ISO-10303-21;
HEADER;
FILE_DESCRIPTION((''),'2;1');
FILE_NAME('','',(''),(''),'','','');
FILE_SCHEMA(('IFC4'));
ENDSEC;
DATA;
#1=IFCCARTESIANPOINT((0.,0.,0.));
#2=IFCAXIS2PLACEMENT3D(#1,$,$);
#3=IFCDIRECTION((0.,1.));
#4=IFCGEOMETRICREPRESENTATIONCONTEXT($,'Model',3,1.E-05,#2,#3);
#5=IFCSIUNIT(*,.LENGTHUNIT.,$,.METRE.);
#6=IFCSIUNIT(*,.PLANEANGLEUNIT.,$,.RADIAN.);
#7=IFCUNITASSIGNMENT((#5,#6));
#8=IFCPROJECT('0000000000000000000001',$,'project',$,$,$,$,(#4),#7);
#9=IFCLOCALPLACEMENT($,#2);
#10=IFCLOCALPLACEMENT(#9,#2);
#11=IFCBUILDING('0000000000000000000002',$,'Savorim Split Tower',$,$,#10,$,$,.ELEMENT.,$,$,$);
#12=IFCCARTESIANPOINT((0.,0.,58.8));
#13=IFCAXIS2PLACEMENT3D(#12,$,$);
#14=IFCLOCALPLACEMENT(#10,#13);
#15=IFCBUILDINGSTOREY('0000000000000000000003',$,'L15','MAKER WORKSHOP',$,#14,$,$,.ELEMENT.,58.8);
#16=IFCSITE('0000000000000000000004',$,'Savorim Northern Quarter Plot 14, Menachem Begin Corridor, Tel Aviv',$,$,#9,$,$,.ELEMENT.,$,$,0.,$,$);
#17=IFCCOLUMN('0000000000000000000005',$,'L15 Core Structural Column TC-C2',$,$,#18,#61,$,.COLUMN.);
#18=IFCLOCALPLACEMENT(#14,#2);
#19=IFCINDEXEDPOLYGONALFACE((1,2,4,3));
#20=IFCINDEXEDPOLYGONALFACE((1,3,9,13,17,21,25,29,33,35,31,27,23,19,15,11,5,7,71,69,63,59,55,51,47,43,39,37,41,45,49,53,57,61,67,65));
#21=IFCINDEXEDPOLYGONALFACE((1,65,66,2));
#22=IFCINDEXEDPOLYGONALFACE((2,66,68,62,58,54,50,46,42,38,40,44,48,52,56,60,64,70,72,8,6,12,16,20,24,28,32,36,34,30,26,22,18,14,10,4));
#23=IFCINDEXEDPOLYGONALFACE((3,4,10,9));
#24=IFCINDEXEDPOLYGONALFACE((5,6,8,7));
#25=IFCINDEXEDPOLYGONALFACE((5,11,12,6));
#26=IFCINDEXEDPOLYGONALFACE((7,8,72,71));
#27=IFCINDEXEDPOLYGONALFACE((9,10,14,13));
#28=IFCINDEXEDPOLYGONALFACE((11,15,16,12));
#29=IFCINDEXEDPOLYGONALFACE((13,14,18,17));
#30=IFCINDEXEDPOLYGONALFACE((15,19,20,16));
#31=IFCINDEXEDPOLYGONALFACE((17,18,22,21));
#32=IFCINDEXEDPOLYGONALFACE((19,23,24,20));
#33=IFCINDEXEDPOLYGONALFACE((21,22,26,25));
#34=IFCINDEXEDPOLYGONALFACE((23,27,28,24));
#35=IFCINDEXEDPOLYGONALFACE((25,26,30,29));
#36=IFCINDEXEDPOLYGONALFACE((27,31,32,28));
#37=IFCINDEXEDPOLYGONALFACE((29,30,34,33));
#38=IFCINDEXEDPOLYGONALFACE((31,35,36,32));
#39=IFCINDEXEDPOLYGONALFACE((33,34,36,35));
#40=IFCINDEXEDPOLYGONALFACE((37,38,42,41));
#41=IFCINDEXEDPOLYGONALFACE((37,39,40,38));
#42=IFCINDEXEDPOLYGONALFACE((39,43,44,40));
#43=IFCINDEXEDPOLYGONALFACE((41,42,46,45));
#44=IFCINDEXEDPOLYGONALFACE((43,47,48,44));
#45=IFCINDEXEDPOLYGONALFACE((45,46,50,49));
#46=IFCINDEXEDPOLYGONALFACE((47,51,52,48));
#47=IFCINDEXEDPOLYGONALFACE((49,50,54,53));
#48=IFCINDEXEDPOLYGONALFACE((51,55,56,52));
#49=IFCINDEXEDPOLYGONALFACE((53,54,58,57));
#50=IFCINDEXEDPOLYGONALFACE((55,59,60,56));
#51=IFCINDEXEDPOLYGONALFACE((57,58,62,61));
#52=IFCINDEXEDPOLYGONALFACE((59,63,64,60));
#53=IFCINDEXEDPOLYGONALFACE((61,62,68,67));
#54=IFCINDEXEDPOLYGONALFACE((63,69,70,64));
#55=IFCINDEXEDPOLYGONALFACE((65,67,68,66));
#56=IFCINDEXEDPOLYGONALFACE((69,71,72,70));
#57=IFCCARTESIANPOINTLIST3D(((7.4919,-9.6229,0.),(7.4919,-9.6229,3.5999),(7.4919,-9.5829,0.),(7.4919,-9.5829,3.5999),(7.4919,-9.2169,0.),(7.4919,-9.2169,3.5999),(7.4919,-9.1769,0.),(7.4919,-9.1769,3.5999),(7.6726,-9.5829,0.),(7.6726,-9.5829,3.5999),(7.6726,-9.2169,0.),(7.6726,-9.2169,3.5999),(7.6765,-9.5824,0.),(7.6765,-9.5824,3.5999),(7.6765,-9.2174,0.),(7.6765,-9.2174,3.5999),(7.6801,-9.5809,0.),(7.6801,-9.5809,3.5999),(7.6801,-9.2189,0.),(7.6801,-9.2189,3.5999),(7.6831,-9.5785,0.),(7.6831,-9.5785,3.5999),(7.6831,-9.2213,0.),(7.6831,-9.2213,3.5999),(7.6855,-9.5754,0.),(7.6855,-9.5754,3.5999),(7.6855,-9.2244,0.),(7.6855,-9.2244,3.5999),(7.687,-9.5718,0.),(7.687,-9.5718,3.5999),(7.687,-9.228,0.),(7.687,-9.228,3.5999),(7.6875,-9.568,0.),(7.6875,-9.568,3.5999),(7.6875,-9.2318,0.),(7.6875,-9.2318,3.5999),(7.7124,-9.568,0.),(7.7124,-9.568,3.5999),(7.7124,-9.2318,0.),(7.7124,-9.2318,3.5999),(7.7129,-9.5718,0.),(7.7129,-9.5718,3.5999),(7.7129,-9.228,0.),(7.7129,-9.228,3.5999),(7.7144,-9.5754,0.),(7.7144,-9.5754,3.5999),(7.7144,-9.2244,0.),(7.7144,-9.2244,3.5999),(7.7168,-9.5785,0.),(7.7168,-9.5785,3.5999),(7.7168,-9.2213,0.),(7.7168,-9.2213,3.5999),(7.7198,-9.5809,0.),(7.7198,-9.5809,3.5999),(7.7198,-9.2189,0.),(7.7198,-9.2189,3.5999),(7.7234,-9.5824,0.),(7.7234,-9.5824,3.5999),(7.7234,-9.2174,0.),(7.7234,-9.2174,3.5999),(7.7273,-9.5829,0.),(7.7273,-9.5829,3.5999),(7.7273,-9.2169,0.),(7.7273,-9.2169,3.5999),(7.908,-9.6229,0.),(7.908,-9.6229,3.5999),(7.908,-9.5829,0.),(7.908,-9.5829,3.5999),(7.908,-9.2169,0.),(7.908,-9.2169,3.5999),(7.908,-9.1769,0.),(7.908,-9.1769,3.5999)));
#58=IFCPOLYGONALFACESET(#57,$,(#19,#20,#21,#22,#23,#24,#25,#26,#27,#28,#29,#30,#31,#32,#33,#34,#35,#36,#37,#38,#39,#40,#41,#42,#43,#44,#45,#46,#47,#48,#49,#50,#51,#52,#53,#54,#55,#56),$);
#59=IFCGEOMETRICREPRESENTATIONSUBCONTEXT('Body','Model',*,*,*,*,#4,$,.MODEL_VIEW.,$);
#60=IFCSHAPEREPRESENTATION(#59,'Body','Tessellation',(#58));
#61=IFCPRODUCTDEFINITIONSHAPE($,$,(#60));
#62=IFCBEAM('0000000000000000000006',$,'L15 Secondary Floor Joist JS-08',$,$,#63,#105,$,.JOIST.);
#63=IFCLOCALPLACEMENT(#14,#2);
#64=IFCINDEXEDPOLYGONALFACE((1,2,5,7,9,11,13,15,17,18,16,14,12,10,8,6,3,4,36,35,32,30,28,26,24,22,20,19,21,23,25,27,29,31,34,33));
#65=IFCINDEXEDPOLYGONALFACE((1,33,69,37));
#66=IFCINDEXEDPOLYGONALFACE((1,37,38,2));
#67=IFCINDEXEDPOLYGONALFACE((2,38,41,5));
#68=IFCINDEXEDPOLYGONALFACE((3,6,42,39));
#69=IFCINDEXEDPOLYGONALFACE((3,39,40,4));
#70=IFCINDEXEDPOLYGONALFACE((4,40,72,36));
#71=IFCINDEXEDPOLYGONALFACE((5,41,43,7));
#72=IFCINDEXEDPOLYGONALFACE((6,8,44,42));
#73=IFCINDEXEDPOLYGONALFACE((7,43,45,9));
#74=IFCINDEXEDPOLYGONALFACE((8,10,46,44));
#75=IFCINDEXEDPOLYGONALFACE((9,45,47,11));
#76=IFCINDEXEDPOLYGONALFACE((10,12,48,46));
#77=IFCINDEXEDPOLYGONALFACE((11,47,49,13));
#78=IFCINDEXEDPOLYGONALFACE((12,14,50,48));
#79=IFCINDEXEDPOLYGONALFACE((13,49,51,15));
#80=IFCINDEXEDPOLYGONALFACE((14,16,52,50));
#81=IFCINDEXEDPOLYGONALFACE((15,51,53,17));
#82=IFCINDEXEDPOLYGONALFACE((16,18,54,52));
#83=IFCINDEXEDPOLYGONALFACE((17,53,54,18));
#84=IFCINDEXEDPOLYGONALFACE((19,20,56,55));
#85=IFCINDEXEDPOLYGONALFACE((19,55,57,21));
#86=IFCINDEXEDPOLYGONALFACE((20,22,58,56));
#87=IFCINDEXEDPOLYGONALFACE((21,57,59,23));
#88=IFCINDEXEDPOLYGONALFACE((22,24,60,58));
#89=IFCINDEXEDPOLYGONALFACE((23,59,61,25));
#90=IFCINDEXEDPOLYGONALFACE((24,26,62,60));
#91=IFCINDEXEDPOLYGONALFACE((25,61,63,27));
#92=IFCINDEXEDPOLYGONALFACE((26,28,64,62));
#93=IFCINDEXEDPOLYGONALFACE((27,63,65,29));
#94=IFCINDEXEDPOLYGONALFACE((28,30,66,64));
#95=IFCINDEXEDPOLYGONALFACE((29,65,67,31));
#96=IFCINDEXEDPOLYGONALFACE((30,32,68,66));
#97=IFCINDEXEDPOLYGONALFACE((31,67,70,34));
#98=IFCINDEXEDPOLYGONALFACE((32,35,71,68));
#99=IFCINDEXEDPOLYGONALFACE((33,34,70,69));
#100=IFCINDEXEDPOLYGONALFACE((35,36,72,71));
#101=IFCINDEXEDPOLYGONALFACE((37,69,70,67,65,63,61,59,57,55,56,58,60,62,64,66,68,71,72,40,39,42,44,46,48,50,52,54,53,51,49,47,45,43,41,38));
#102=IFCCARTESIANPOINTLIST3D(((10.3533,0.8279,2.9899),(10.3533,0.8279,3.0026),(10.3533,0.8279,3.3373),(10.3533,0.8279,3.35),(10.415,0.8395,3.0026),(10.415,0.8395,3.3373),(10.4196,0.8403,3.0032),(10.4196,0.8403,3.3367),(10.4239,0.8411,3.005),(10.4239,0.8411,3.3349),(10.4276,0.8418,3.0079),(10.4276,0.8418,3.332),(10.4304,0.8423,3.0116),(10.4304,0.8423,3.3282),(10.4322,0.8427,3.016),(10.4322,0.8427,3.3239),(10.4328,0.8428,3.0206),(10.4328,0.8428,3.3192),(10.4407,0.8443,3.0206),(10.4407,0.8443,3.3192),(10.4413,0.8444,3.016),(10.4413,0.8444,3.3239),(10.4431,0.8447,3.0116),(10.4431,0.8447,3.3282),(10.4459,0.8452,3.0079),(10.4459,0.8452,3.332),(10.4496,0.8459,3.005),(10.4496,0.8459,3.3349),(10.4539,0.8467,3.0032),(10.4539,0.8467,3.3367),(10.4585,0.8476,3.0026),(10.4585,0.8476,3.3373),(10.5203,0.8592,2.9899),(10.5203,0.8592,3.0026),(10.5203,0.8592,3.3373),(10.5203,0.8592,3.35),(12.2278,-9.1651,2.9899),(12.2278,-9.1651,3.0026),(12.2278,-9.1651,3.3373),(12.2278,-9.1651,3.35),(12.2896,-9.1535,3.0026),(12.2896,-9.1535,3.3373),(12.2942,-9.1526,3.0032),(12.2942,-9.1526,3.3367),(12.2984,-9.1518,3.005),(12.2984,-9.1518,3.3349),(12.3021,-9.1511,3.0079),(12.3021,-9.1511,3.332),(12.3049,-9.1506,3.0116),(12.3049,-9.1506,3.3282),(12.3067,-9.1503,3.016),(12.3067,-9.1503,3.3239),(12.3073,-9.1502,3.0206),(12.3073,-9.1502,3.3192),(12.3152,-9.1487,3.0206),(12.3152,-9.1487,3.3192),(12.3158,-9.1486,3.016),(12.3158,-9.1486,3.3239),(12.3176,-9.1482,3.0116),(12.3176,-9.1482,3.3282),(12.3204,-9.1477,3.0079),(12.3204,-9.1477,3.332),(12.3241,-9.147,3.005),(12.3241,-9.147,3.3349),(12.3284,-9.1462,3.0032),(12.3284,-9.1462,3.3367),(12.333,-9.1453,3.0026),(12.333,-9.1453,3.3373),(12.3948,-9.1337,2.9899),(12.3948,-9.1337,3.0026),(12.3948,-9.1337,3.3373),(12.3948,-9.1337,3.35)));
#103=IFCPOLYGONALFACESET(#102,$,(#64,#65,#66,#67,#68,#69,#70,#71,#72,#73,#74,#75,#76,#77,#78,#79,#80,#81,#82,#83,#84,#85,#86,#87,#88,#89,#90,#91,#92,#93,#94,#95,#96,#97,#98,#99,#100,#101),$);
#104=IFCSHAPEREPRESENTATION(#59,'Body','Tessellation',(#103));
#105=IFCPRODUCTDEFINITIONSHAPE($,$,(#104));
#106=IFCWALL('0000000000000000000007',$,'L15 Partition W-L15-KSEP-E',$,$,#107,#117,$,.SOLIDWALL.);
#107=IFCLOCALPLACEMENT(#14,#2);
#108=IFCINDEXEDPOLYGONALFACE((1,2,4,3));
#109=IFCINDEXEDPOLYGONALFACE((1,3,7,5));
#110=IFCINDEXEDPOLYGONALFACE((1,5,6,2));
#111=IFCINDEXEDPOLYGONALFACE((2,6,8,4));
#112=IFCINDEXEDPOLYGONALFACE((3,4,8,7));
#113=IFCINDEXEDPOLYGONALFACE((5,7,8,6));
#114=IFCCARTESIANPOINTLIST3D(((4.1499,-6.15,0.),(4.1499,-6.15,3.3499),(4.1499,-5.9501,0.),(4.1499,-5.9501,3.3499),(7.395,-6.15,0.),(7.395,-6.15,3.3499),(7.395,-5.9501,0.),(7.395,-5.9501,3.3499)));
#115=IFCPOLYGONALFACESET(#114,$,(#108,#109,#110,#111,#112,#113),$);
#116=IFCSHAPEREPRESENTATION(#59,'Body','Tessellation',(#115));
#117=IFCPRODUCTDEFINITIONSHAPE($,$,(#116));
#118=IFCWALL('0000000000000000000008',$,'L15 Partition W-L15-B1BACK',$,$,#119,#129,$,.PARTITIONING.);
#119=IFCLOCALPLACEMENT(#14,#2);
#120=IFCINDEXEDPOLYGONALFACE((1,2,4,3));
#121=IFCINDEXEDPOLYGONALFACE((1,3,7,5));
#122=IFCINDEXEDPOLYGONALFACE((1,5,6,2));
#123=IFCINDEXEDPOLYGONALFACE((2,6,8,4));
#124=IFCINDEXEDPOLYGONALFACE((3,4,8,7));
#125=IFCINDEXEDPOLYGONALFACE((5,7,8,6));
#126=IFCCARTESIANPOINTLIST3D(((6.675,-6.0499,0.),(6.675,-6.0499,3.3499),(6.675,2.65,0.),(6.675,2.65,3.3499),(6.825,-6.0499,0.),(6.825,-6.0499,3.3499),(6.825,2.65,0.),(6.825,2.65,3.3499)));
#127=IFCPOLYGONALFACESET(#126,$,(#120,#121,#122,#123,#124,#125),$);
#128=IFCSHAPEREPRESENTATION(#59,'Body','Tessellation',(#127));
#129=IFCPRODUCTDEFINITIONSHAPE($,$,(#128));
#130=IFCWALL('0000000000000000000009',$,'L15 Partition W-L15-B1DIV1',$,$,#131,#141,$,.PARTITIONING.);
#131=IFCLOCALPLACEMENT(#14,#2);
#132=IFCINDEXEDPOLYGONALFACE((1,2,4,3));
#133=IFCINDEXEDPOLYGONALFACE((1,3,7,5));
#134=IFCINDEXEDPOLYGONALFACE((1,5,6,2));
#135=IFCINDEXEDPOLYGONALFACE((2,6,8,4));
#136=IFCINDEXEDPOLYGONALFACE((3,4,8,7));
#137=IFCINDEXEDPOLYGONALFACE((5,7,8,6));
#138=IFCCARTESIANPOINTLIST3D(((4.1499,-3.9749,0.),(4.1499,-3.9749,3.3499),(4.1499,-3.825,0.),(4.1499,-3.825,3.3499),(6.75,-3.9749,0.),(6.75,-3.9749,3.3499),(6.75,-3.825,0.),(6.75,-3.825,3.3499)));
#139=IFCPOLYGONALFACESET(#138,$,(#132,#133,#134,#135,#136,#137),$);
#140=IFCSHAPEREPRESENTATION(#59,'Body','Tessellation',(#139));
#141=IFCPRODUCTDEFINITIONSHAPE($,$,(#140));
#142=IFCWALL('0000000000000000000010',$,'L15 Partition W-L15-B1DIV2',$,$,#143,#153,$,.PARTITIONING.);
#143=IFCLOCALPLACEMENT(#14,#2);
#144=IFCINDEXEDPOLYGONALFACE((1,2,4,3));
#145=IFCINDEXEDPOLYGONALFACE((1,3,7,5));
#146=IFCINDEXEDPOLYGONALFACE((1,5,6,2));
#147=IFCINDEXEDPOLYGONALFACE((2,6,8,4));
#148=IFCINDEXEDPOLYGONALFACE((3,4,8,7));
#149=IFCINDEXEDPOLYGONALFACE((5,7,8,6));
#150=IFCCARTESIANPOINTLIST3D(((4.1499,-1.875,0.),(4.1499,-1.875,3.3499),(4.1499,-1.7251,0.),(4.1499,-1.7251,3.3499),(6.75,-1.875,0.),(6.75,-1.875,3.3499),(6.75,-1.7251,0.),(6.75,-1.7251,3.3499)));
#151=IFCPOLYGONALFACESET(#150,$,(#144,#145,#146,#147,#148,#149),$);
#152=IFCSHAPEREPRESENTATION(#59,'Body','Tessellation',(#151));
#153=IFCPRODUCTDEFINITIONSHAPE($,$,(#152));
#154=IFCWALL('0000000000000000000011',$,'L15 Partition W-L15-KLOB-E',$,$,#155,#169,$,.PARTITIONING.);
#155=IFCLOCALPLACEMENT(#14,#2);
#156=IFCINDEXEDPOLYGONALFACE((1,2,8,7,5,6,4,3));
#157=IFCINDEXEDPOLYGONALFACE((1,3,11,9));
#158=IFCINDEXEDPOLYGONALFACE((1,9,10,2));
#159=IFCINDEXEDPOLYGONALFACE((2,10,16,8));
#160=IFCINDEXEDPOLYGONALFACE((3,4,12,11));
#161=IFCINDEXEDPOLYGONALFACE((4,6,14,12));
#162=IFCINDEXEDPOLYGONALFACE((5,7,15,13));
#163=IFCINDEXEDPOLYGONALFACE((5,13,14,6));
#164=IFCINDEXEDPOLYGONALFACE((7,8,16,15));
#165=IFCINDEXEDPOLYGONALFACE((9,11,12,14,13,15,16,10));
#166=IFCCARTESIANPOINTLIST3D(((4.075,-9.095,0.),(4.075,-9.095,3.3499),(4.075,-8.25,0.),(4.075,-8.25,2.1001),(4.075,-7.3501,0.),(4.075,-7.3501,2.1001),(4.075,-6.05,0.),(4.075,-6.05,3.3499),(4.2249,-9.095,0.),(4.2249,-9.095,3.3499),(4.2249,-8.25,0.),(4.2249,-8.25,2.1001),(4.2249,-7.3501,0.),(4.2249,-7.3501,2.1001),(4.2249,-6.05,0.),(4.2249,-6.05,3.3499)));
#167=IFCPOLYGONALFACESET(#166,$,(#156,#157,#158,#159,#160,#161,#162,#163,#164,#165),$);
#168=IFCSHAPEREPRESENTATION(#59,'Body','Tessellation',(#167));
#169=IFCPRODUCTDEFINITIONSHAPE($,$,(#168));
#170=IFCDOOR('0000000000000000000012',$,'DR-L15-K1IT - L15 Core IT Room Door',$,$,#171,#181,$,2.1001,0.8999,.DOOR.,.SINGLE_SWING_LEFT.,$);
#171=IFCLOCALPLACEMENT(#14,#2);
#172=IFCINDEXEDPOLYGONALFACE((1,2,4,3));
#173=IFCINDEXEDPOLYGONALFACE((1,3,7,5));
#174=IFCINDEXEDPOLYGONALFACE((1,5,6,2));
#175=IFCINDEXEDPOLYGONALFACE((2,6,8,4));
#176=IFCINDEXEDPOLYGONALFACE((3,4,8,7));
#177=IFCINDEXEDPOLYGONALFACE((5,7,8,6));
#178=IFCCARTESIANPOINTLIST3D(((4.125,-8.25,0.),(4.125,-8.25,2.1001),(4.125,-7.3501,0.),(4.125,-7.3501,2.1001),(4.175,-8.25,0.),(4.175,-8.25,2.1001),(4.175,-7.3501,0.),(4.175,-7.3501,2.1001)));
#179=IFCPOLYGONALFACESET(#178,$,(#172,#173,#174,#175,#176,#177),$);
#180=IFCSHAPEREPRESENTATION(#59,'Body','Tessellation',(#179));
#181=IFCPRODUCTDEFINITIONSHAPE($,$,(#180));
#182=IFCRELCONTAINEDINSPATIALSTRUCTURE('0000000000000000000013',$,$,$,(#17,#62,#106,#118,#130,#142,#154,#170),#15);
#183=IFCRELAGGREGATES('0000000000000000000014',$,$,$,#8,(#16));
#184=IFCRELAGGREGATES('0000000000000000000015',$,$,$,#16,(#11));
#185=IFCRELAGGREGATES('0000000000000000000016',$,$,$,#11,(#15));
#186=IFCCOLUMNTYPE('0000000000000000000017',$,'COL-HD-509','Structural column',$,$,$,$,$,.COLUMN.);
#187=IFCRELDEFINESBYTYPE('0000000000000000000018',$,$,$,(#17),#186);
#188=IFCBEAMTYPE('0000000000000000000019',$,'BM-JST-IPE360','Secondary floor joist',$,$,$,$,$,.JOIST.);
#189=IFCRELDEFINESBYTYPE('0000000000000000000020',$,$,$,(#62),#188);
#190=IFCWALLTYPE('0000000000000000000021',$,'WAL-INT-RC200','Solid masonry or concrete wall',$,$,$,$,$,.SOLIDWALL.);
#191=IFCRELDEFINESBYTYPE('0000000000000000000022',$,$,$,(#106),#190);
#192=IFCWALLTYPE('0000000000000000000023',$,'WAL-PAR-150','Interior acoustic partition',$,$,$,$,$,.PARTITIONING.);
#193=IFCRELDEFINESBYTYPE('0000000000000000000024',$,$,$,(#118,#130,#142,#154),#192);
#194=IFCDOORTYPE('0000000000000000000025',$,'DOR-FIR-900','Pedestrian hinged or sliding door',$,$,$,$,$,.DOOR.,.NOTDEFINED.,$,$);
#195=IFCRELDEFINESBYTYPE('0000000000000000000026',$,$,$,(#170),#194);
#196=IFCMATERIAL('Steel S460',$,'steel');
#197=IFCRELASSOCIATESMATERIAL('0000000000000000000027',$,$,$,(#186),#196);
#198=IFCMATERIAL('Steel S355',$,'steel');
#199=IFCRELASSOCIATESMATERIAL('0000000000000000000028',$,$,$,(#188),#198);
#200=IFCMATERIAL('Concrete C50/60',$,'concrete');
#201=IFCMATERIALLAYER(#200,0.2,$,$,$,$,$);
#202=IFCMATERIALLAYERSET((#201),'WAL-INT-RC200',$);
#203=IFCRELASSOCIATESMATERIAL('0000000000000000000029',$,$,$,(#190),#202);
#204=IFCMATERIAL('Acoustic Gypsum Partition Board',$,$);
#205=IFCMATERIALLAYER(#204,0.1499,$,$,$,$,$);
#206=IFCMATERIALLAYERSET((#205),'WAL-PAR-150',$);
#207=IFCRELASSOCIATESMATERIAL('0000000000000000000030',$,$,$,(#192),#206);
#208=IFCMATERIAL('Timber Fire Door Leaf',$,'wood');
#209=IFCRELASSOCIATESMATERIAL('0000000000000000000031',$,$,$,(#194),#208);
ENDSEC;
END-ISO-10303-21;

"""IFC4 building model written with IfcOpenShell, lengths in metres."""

from ifc_helpers import new_model, si_unit, direction, frame, frame_2d, origin, origin_2d, place, context, subcontext, project, spatial, rectangle, i_section, extrude, material, layer, layer_set, material_profile, profile_set, type_object, element, fill, save


model = new_model("IFC4")

# Units and contexts
model_context = context("Model", 3, precision=1e-05, world=origin(), true_north=direction((0.0, 1.0)))
body_context = subcontext(model_context, "Body", "Model", "MODEL_VIEW")
ifc_project = project(units=[si_unit("LENGTHUNIT", "METRE"), si_unit("PLANEANGLEUNIT", "RADIAN")], contexts=[model_context])

# Site, building, storey
site_placement = place(None, origin())
site = spatial("IfcSite", under=ifc_project, at=site_placement, Name="Savorim Northern Quarter Plot 14, Menachem Begin Corridor, Tel Aviv", CompositionType="ELEMENT", RefElevation=0.0)
building_placement = place(site_placement, origin())
building = spatial("IfcBuilding", under=site, at=building_placement, Name="Savorim Split Tower", CompositionType="ELEMENT")
storey_placement = place(building_placement, frame((0.0, 0.0, 58.8)))
storey = spatial("IfcBuildingStorey", under=building, at=storey_placement, Name="L15", Description="MAKER WORKSHOP", CompositionType="ELEMENT", Elevation=58.8)

# Column
ifc_material_1 = material(Name="Steel S460", Category="steel")
ifc_material_profile_1 = material_profile(ifc_material_1, i_section(OverallWidth=0.416, OverallDepth=0.446, WebThickness=0.0249, FlangeThickness=0.04, FilletRadius=0.0149, at=origin_2d()), Name="HD 400x509")
ifc_profile_set_1 = profile_set([ifc_material_profile_1], Name="Steel S460")
column_type = type_object("IfcColumnType", Name="COL-HD-509", Description="Structural column", PredefinedType="COLUMN", material=ifc_profile_set_1)
column_placement = place(storey_placement, frame((7.7, -9.3999, 0.0), z_axis=(0.0, 0.0, 1.0), x_axis=(1.0, 0.0, 0.0)))
element("IfcColumn", 1, at=column_placement, inside=storey, type_object=column_type, Name="L15 Core Structural Column TC-C2", PredefinedType="COLUMN", context=body_context, shape_type="SweptSolid", body=[
    extrude(i_section(OverallWidth=0.416, OverallDepth=0.446, WebThickness=0.0249, FlangeThickness=0.04, FilletRadius=0.0149, at=origin_2d()), origin(), (0.0, 0.0, 1.0), 3.5999),
])

# Beam
ifc_material_2 = material(Name="Steel S355", Category="steel")
ifc_material_profile_2 = material_profile(ifc_material_2, i_section(OverallWidth=0.1699, OverallDepth=0.3601, WebThickness=0.0081, FlangeThickness=0.0127, FilletRadius=0.0181, at=origin_2d()), Name="IPE 360")
ifc_profile_set_2 = profile_set([ifc_material_profile_2], Name="Steel S355")
beam_type = type_object("IfcBeamType", Name="BM-JST-IPE360", Description="Secondary floor joist", PredefinedType="JOIST", material=ifc_profile_set_2)
beam_placement = place(storey_placement, frame((12.3113, -9.1494, 3.1699), z_axis=(-0.184368, 0.982857, 0.0), x_axis=(-0.982857, -0.184368, 0.0)))
element("IfcBeam", 2, at=beam_placement, inside=storey, type_object=beam_type, Name="L15 Secondary Floor Joist JS-08", PredefinedType="JOIST", context=body_context, shape_type="SweptSolid", body=[
    extrude(i_section(OverallWidth=0.1699, OverallDepth=0.3601, WebThickness=0.0081, FlangeThickness=0.0127, FilletRadius=0.0181, at=origin_2d()), origin(), (0.0, 0.0, 1.0), 10.1672),
])

# Shared definitions
ifc_material_3 = material(Name="Concrete C50/60", Category="concrete")
ifc_layer_1 = layer(ifc_material_3, 0.2)
ifc_layer_set_1 = layer_set([ifc_layer_1], Name="WAL-INT-RC200")
wall_type_1 = type_object("IfcWallType", Name="WAL-INT-RC200", Description="Solid masonry or concrete wall", PredefinedType="SOLIDWALL", material=ifc_layer_set_1)

# Walls
wall_1_placement = place(storey_placement, frame((4.1499, -6.05, 0.0), z_axis=(0.0, 0.0, 1.0), x_axis=(1.0, 0.0, 0.0)))
element("IfcWall", 3, at=wall_1_placement, inside=storey, type_object=wall_type_1, Name="L15 Partition W-L15-KSEP-E", PredefinedType="SOLIDWALL", context=body_context, shape_type="SweptSolid", body=[
    extrude(rectangle(XDim=3.2451, YDim=0.2, at=frame_2d((1.6226, 0.0))), origin(), (0.0, 0.0, 1.0), 3.3499),
])
ifc_material_4 = material(Name="Acoustic Gypsum Partition Board")
ifc_layer_2 = layer(ifc_material_4, 0.1499)
ifc_layer_set_2 = layer_set([ifc_layer_2], Name="WAL-PAR-150")
wall_type_2 = type_object("IfcWallType", Name="WAL-PAR-150", Description="Interior acoustic partition", PredefinedType="PARTITIONING", material=ifc_layer_set_2)
wall_2_placement = place(storey_placement, frame((6.75, -6.05, 0.0), z_axis=(0.0, 0.0, 1.0), x_axis=(0.0, 1.0, 0.0)))
element("IfcWall", 4, at=wall_2_placement, inside=storey, type_object=wall_type_2, Name="L15 Partition W-L15-B1BACK", PredefinedType="PARTITIONING", context=body_context, shape_type="SweptSolid", body=[
    extrude(rectangle(XDim=8.7, YDim=0.1499, at=frame_2d((4.3501, 0.0))), origin(), (0.0, 0.0, 1.0), 3.3499),
])
for number, where, z_axis, x_axis, name in (
    (5, (4.1499, -3.8999, 0.0), (0.0, 0.0, 1.0), (1.0, 0.0, 0.0), "L15 Partition W-L15-B1DIV1"),
    (6, (4.1499, -1.8, 0.0), (0.0, 0.0, 1.0), (1.0, 0.0, 0.0), "L15 Partition W-L15-B1DIV2"),
):
    element("IfcWall", number, at=place(storey_placement, frame(where, z_axis=z_axis, x_axis=x_axis)), inside=storey, type_object=wall_type_2, Name=name, PredefinedType="PARTITIONING", context=body_context, shape_type="SweptSolid", body=[
        extrude(rectangle(XDim=2.6001, YDim=0.1499, at=frame_2d((1.3, 0.0))), origin(), (0.0, 0.0, 1.0), 3.3499),
    ])

# Wall, opening, door
wall_3_placement = place(storey_placement, frame((4.1499, -9.095, 0.0), z_axis=(0.0, 0.0, 1.0), x_axis=(0.0, 1.0, 0.0)))
wall_3 = element("IfcWall", 7, at=wall_3_placement, inside=storey, type_object=wall_type_2, Name="L15 Partition W-L15-KLOB-E", PredefinedType="PARTITIONING", context=body_context, shape_type="SweptSolid", body=[
    extrude(rectangle(XDim=3.0449, YDim=0.1499, at=frame_2d((1.5225, 0.0))), origin(), (0.0, 0.0, 1.0), 3.3499),
])
opening_1_placement = place(wall_3_placement, frame((0.845, 0.0, 0.0)))
opening_1 = element("IfcOpeningElement", 8, at=opening_1_placement, cuts=wall_3, PredefinedType="OPENING", context=body_context, shape_type="SweptSolid", body=[
    extrude(rectangle(XDim=0.8999, YDim=2.1001, at=frame_2d((0.45, 1.05))), frame((0.0, 0.085, 0.0), z_axis=(0.0, -1.0, 0.0), x_axis=(1.0, 0.0, 0.0)), (0.0, 0.0, 1.0), 0.1699),
])
ifc_material_5 = material(Name="Timber Fire Door Leaf", Category="wood")
door_type_1 = type_object("IfcDoorType", Name="DOR-FIR-900", Description="Pedestrian hinged or sliding door", OperationType="NOTDEFINED", PredefinedType="DOOR", material=ifc_material_5)
door_1_placement = place(opening_1_placement, origin())
door_1 = element("IfcDoor", 9, at=door_1_placement, inside=storey, type_object=door_type_1, Name="DR-L15-K1IT - L15 Core IT Room Door", OperationType="SINGLE_SWING_LEFT", OverallHeight=2.1001, OverallWidth=0.8999, PredefinedType="DOOR", context=body_context, shape_type="SweptSolid", body=[
    extrude(rectangle(XDim=0.8999, YDim=2.1001, at=frame_2d((0.45, 1.05))), frame((0.0, 0.0249, 0.0), z_axis=(0.0, -1.0, 0.0), x_axis=(1.0, 0.0, 0.0)), (0.0, 0.0, 1.0), 0.05),
])
fill(opening_1, door_1)

save(model, "model.ifc")
